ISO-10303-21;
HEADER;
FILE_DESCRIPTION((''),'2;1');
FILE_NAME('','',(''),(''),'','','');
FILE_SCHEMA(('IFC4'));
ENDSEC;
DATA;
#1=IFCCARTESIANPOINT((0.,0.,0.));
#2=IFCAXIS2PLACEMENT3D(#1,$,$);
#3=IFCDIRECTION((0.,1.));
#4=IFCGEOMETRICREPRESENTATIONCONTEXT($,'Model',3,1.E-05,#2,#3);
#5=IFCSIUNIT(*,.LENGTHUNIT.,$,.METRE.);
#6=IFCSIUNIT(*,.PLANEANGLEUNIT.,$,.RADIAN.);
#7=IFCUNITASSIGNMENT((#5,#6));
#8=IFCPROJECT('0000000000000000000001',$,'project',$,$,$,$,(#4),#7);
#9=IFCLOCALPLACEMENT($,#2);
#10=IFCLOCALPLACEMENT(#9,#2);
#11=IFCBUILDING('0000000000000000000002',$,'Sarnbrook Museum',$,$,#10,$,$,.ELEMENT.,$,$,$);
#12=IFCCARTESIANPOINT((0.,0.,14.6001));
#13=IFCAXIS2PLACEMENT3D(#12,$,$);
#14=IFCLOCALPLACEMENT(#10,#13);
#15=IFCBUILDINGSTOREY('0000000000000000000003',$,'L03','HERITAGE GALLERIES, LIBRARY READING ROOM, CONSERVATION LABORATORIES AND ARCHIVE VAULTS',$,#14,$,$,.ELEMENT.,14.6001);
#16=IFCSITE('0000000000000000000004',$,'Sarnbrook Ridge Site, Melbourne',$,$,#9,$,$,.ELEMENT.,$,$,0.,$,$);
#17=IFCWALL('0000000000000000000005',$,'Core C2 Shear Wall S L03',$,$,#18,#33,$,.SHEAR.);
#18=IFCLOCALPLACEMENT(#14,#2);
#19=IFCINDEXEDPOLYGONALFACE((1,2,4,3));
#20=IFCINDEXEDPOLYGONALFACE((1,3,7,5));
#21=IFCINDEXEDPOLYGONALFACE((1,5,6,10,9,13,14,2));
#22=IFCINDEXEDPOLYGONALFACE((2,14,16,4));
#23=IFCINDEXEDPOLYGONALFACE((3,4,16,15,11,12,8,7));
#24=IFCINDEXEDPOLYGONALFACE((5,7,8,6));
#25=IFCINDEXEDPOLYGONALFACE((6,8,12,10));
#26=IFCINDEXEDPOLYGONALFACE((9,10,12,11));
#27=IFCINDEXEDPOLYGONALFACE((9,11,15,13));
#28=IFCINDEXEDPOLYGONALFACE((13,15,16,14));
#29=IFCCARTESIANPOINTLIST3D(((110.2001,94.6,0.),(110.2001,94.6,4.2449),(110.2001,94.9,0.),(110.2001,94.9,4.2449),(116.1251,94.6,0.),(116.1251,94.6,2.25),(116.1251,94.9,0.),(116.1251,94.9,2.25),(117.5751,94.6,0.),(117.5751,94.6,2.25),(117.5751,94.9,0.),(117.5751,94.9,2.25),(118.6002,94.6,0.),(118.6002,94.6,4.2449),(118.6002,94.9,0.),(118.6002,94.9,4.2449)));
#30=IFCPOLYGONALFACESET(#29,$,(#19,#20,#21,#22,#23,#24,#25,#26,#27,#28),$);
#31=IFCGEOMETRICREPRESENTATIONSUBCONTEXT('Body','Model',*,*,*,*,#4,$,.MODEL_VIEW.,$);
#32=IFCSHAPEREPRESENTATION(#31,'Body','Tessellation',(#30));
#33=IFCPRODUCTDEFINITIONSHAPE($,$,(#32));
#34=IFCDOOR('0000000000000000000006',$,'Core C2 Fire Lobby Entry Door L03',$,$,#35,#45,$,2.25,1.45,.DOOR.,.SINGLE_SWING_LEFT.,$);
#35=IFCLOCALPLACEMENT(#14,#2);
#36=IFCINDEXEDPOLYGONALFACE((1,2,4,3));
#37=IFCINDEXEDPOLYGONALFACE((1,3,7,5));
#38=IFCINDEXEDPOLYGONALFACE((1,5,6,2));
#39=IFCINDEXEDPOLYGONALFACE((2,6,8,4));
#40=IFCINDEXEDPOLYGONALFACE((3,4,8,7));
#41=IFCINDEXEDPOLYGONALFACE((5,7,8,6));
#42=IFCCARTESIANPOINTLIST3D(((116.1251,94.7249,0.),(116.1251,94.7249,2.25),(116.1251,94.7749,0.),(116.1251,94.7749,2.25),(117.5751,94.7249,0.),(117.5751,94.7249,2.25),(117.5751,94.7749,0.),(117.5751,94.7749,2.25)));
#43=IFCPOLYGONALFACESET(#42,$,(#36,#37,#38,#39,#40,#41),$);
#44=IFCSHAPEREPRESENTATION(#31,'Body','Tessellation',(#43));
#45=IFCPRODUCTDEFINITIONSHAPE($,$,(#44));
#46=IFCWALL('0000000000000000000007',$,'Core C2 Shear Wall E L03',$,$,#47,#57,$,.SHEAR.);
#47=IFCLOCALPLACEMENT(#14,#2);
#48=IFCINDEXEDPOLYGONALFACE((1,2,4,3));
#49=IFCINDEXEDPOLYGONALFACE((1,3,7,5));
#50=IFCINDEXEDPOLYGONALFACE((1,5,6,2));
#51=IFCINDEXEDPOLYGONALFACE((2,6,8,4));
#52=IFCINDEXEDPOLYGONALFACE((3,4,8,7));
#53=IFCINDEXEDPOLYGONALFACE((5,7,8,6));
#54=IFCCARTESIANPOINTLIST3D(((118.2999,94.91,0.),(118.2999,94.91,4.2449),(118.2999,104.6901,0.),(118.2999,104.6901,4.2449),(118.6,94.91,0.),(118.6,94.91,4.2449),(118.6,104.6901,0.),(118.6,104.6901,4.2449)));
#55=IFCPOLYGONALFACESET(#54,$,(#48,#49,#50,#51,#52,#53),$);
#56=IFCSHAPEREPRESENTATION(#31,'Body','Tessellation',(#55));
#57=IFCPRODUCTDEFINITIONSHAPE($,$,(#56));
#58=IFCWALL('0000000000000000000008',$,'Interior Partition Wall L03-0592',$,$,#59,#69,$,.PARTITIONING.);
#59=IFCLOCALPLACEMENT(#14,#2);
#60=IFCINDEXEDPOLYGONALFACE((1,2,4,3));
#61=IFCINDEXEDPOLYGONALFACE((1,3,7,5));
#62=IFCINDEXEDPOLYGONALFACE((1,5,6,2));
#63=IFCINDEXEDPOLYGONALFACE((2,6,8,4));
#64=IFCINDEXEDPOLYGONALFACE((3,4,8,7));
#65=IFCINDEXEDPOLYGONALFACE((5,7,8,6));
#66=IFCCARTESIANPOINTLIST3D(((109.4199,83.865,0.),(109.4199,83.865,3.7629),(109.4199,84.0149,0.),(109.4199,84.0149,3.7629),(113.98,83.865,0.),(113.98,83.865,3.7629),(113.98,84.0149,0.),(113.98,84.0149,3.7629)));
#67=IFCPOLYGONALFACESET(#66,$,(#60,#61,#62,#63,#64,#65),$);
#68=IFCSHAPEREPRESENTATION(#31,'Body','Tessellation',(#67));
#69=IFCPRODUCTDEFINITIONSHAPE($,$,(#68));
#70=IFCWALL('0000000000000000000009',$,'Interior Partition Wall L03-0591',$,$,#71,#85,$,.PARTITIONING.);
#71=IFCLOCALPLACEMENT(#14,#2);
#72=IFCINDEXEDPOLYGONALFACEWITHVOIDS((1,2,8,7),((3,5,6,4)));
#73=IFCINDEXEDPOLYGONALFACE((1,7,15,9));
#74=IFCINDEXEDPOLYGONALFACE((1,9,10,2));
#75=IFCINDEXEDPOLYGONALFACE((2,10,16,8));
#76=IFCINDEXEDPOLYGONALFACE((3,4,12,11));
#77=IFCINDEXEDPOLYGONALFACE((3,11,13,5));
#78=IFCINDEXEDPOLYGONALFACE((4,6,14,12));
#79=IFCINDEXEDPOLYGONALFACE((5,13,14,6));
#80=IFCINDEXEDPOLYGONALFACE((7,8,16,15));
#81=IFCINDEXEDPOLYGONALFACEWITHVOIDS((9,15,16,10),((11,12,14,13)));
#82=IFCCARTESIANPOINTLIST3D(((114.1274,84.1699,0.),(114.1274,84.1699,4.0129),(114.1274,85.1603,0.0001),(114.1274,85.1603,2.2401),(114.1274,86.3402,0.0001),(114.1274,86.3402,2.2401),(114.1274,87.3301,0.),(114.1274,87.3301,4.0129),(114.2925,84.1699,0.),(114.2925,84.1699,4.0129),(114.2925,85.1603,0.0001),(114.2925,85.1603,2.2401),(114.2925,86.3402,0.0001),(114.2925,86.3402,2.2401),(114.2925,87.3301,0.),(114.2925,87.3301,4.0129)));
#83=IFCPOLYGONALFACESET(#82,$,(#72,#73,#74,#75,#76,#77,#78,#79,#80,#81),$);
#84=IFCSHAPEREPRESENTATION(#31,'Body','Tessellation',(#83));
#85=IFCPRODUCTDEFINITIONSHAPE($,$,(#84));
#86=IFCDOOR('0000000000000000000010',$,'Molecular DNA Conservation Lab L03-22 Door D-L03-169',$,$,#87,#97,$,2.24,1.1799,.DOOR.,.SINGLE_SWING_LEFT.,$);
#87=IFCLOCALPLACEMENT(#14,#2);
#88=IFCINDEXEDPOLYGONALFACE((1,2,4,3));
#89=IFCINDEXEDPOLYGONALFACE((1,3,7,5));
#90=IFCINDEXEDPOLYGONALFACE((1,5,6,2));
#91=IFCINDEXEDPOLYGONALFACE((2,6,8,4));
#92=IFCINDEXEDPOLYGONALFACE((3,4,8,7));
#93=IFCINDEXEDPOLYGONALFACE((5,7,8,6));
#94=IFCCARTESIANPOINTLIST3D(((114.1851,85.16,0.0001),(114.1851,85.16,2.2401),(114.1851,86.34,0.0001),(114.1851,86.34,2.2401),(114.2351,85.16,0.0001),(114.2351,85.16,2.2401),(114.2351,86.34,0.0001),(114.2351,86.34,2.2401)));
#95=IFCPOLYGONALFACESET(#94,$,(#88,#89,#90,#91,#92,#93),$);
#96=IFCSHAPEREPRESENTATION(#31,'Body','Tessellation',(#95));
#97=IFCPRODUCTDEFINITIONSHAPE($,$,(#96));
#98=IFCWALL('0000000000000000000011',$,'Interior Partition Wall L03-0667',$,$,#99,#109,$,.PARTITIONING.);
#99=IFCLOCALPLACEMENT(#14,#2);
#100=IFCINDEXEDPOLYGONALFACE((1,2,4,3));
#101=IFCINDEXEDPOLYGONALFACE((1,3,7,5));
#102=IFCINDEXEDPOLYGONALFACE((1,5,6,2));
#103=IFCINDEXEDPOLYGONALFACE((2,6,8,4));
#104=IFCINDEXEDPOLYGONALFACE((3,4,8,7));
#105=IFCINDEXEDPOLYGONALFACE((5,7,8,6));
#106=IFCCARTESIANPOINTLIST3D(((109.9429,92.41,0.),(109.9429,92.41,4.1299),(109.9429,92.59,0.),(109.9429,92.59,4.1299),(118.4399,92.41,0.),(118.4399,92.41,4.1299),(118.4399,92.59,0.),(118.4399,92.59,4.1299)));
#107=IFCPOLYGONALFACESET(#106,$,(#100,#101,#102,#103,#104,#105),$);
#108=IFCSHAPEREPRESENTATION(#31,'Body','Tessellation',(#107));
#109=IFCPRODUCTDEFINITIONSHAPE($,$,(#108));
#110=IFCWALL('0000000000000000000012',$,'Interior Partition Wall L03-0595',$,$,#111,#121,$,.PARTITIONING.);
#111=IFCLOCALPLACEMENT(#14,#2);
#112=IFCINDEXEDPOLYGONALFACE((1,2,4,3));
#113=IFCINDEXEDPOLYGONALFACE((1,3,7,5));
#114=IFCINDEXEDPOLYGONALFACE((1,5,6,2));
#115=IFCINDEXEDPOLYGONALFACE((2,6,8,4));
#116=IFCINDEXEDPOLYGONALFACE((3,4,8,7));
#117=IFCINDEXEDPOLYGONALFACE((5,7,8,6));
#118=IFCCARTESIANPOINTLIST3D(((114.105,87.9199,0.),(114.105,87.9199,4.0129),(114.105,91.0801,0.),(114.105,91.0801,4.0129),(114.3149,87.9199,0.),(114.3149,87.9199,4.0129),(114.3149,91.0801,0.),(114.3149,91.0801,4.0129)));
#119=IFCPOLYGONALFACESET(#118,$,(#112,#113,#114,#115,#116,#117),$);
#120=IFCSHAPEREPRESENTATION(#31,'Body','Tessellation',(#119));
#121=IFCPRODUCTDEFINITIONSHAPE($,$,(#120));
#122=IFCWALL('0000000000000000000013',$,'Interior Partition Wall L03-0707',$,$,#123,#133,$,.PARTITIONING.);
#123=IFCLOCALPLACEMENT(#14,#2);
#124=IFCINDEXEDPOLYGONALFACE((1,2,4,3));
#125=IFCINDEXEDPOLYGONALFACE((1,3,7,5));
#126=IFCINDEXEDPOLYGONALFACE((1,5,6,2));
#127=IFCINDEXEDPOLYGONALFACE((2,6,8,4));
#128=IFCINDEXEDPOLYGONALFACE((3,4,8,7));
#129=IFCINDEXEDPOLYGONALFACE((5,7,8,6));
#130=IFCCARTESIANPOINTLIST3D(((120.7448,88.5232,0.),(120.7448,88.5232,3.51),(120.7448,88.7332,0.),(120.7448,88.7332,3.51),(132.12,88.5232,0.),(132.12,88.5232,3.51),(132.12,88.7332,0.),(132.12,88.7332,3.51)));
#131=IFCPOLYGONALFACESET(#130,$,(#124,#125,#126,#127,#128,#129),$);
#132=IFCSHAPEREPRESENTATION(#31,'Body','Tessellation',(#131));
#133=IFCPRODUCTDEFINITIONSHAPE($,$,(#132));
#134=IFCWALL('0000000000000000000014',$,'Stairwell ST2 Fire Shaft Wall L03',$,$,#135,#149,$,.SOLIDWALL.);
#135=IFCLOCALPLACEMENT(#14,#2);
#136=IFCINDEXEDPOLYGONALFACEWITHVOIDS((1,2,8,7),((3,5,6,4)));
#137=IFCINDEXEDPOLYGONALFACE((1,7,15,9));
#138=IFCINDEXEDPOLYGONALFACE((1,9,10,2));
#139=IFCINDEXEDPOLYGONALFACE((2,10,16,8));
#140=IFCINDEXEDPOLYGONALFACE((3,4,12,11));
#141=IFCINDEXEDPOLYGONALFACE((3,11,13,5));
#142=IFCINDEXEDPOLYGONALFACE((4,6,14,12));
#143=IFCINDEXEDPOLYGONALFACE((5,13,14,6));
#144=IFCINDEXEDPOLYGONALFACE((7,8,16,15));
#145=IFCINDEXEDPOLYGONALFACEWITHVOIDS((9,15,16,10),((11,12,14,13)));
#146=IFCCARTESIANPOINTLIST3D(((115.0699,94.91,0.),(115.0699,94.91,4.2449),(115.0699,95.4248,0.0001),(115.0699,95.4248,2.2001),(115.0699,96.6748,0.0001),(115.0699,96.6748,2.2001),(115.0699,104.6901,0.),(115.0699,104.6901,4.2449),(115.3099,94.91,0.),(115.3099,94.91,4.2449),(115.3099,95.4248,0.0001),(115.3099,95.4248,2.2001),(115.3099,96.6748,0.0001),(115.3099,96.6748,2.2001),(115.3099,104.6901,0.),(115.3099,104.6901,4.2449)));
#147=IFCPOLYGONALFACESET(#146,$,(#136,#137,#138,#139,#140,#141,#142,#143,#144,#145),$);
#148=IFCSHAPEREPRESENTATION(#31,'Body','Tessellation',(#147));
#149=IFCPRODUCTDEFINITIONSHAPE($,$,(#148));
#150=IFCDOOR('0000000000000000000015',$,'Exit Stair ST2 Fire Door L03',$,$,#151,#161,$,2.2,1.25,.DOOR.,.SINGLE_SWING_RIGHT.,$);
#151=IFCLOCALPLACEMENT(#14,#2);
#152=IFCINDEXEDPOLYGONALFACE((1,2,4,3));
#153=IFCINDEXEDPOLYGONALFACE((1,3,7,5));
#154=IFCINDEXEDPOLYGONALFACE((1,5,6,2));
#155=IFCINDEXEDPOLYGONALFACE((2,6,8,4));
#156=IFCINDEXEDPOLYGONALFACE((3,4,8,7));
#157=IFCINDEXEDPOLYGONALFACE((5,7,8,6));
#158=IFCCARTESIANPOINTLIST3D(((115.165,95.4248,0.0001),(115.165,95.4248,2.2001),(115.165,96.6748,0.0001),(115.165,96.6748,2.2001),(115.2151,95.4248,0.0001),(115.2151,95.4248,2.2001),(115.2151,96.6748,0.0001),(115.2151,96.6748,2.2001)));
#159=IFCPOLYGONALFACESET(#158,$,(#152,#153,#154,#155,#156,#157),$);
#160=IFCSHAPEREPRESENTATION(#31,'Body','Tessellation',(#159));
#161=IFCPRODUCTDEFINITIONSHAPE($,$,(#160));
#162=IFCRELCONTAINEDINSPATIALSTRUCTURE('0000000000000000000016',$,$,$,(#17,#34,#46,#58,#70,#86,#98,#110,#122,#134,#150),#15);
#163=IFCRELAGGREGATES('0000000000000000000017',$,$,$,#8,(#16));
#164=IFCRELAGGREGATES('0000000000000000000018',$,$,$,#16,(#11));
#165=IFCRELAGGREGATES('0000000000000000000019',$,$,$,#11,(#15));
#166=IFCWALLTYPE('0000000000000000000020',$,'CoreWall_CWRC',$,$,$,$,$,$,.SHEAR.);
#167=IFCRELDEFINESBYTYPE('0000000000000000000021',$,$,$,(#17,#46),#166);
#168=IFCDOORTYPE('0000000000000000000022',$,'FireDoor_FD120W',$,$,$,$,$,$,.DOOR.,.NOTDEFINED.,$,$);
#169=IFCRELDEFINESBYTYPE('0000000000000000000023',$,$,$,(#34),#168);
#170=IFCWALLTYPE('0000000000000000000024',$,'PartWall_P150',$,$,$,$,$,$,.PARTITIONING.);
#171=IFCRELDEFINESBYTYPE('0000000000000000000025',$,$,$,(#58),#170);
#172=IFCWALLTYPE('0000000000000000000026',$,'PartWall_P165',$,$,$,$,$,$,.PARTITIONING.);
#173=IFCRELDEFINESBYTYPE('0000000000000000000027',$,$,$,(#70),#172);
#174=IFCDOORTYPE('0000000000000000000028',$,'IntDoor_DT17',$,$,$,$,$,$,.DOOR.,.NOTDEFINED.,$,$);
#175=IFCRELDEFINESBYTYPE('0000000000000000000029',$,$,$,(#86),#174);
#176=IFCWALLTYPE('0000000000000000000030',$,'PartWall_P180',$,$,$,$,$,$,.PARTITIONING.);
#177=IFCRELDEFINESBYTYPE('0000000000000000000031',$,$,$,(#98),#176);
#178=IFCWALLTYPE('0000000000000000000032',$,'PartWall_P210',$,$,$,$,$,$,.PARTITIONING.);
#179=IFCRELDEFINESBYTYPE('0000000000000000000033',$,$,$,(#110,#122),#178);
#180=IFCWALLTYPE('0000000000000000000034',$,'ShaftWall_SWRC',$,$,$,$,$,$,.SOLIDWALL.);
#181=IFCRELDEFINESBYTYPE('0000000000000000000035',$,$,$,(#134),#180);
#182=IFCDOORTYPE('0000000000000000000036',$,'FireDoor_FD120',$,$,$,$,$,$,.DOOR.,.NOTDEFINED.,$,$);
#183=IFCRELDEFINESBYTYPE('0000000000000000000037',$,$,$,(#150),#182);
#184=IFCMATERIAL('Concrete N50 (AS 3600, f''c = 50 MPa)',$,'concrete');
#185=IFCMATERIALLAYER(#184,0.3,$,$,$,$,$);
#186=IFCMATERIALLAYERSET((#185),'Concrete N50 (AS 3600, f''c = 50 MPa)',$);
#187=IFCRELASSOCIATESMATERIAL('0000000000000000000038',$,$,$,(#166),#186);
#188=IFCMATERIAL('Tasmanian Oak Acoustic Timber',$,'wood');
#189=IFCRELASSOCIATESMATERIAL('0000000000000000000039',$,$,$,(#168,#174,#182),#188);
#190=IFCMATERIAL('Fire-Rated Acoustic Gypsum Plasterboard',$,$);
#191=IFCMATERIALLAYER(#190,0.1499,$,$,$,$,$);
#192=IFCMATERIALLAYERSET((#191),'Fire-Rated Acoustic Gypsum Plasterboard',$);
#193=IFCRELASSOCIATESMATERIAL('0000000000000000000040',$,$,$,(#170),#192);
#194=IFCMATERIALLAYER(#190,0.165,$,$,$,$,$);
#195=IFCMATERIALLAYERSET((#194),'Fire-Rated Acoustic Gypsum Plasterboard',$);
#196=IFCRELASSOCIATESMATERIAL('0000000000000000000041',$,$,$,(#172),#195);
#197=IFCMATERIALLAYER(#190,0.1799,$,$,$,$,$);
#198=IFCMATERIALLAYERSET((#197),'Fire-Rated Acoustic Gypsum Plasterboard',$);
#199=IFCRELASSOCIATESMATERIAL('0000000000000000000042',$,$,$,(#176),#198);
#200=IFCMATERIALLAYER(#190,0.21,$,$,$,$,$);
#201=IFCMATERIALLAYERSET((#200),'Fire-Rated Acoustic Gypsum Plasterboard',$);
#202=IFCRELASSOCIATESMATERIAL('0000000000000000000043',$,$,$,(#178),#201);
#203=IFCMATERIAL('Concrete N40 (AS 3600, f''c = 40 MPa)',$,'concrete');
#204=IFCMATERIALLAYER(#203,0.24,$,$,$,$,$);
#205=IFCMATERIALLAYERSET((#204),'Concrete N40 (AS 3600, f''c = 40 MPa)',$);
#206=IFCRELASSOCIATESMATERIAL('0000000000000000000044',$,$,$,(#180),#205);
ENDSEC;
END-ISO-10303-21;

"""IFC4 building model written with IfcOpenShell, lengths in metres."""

from ifc_helpers import new_model, si_unit, direction, frame, frame_2d, origin, place, context, subcontext, project, spatial, rectangle, extrude, material, layer, layer_set, type_object, element, fill, save


model = new_model("IFC4")

# Units and contexts
model_context = context("Model", 3, precision=1e-05, world=origin(), true_north=direction((0.0, 1.0)))
body_context = subcontext(model_context, "Body", "Model", "MODEL_VIEW")
ifc_project = project(units=[si_unit("LENGTHUNIT", "METRE"), si_unit("PLANEANGLEUNIT", "RADIAN")], contexts=[model_context])

# Site, building, storey
site_placement = place(None, origin())
site = spatial("IfcSite", under=ifc_project, at=site_placement, Name="Sarnbrook Ridge Site, Melbourne", CompositionType="ELEMENT", RefElevation=0.0)
building_placement = place(site_placement, origin())
building = spatial("IfcBuilding", under=site, at=building_placement, Name="Sarnbrook Museum", CompositionType="ELEMENT")
storey_placement = place(building_placement, frame((0.0, 0.0, 14.6001)))
storey = spatial("IfcBuildingStorey", under=building, at=storey_placement, Name="L03", Description="HERITAGE GALLERIES, LIBRARY READING ROOM, CONSERVATION LABORATORIES AND ARCHIVE VAULTS", CompositionType="ELEMENT", Elevation=14.6001)

# Wall, opening, door
ifc_material_1 = material(Name="Concrete N50 (AS 3600, f'c = 50 MPa)", Category="concrete")
ifc_layer_1 = layer(ifc_material_1, 0.3)
ifc_layer_set_1 = layer_set([ifc_layer_1], Name="Concrete N50 (AS 3600, f'c = 50 MPa)")
wall_type_1 = type_object("IfcWallType", Name="CoreWall_CWRC", PredefinedType="SHEAR", material=ifc_layer_set_1)
wall_1_placement = place(storey_placement, frame((110.2, 94.75, 0.0), z_axis=(0.0, 0.0, 1.0), x_axis=(1.0, 0.0, 0.0)))
wall_1 = element("IfcWall", 1, at=wall_1_placement, inside=storey, type_object=wall_type_1, Name="Core C2 Shear Wall S L03", PredefinedType="SHEAR", context=body_context, shape_type="SweptSolid", body=[
    extrude(rectangle(XDim=8.4001, YDim=0.3, at=frame_2d((4.2002, 0.0))), origin(), (0.0, 0.0, 1.0), 4.2449),
])
opening_1_placement = place(wall_1_placement, frame((5.925, 0.0, 0.0)))
opening_1 = element("IfcOpeningElement", 2, at=opening_1_placement, cuts=wall_1, PredefinedType="OPENING", context=body_context, shape_type="SweptSolid", body=[
    extrude(rectangle(XDim=1.45, YDim=2.25, at=frame_2d((0.7251, 1.125))), frame((0.0, 0.1602, 0.0), z_axis=(0.0, -1.0, 0.0), x_axis=(1.0, 0.0, 0.0)), (0.0, 0.0, 1.0), 0.3201),
])
ifc_material_2 = material(Name="Tasmanian Oak Acoustic Timber", Category="wood")
door_type_1 = type_object("IfcDoorType", Name="FireDoor_FD120W", OperationType="NOTDEFINED", PredefinedType="DOOR", material=ifc_material_2)
door_1_placement = place(opening_1_placement, origin())
door_1 = element("IfcDoor", 3, at=door_1_placement, inside=storey, type_object=door_type_1, Name="Core C2 Fire Lobby Entry Door L03", OperationType="SINGLE_SWING_LEFT", OverallHeight=2.25, OverallWidth=1.45, PredefinedType="DOOR", context=body_context, shape_type="SweptSolid", body=[
    extrude(rectangle(XDim=1.45, YDim=2.25, at=frame_2d((0.7251, 1.125))), frame((0.0, 0.0249, 0.0), z_axis=(0.0, -1.0, 0.0), x_axis=(1.0, 0.0, 0.0)), (0.0, 0.0, 1.0), 0.05),
])
fill(opening_1, door_1)

# Walls
wall_2_placement = place(storey_placement, frame((118.45, 94.9099, 0.0), z_axis=(0.0, 0.0, 1.0), x_axis=(0.0, 1.0, 0.0)))
element("IfcWall", 4, at=wall_2_placement, inside=storey, type_object=wall_type_1, Name="Core C2 Shear Wall E L03", PredefinedType="SHEAR", context=body_context, shape_type="SweptSolid", body=[
    extrude(rectangle(XDim=9.78, YDim=0.3, at=frame_2d((4.8901, 0.0))), origin(), (0.0, 0.0, 1.0), 4.2449),
])
ifc_material_3 = material(Name="Fire-Rated Acoustic Gypsum Plasterboard")
ifc_layer_2 = layer(ifc_material_3, 0.1499)
ifc_layer_set_2 = layer_set([ifc_layer_2], Name="Fire-Rated Acoustic Gypsum Plasterboard")
wall_type_2 = type_object("IfcWallType", Name="PartWall_P150", PredefinedType="PARTITIONING", material=ifc_layer_set_2)
wall_3_placement = place(storey_placement, frame((113.98, 83.9399, 0.0), z_axis=(0.0, 0.0, 1.0), x_axis=(-1.0, 0.0, 0.0)))
element("IfcWall", 5, at=wall_3_placement, inside=storey, type_object=wall_type_2, Name="Interior Partition Wall L03-0592", PredefinedType="PARTITIONING", context=body_context, shape_type="SweptSolid", body=[
    extrude(rectangle(XDim=4.5601, YDim=0.1499, at=frame_2d((2.28, 0.0))), origin(), (0.0, 0.0, 1.0), 3.7629),
])

# Wall, opening, door
ifc_layer_3 = layer(ifc_material_3, 0.165)
ifc_layer_set_3 = layer_set([ifc_layer_3], Name="Fire-Rated Acoustic Gypsum Plasterboard")
wall_type_3 = type_object("IfcWallType", Name="PartWall_P165", PredefinedType="PARTITIONING", material=ifc_layer_set_3)
wall_4_placement = place(storey_placement, frame((114.21, 87.3301, 0.0), z_axis=(0.0, 0.0, 1.0), x_axis=(0.0, -1.0, 0.0)))
wall_4 = element("IfcWall", 6, at=wall_4_placement, inside=storey, type_object=wall_type_3, Name="Interior Partition Wall L03-0591", PredefinedType="PARTITIONING", context=body_context, shape_type="SweptSolid", body=[
    extrude(rectangle(XDim=3.1602, YDim=0.165, at=frame_2d((1.5801, 0.0))), origin(), (0.0, 0.0, 1.0), 4.0129),
])
opening_2_placement = place(wall_4_placement, frame((0.99, 0.0, 0.0)))
opening_2 = element("IfcOpeningElement", 7, at=opening_2_placement, cuts=wall_4, PredefinedType="OPENING", context=body_context, shape_type="SweptSolid", body=[
    extrude(rectangle(XDim=1.1799, YDim=2.24, at=frame_2d((0.5898, 1.1201))), frame((0.0, 0.0925, 0.0), z_axis=(0.0, -1.0, 0.0), x_axis=(1.0, 0.0, 0.0)), (0.0, 0.0, 1.0), 0.1851),
])
door_type_2 = type_object("IfcDoorType", Name="IntDoor_DT17", OperationType="NOTDEFINED", PredefinedType="DOOR", material=ifc_material_2)
door_2_placement = place(opening_2_placement, frame((1.1799, 0.0, 0.0), z_axis=(0.0, 0.0, 1.0), x_axis=(-1.0, 0.0, 0.0)))
door_2 = element("IfcDoor", 8, at=door_2_placement, inside=storey, type_object=door_type_2, Name="Molecular DNA Conservation Lab L03-22 Door D-L03-169", OperationType="SINGLE_SWING_LEFT", OverallHeight=2.24, OverallWidth=1.1799, PredefinedType="DOOR", context=body_context, shape_type="SweptSolid", body=[
    extrude(rectangle(XDim=1.1799, YDim=2.24, at=frame_2d((0.5898, 1.1201))), frame((0.0, 0.0249, 0.0), z_axis=(0.0, -1.0, 0.0), x_axis=(1.0, 0.0, 0.0)), (0.0, 0.0, 1.0), 0.05),
])
fill(opening_2, door_2)

# Walls
ifc_layer_4 = layer(ifc_material_3, 0.1799)
ifc_layer_set_4 = layer_set([ifc_layer_4], Name="Fire-Rated Acoustic Gypsum Plasterboard")
wall_type_4 = type_object("IfcWallType", Name="PartWall_P180", PredefinedType="PARTITIONING", material=ifc_layer_set_4)
wall_5_placement = place(storey_placement, frame((109.9429, 92.5, 0.0), z_axis=(0.0, 0.0, 1.0), x_axis=(1.0, 0.0, 0.0)))
element("IfcWall", 9, at=wall_5_placement, inside=storey, type_object=wall_type_4, Name="Interior Partition Wall L03-0667", PredefinedType="PARTITIONING", context=body_context, shape_type="SweptSolid", body=[
    extrude(rectangle(XDim=8.4971, YDim=0.1799, at=frame_2d((4.2485, 0.0))), origin(), (0.0, 0.0, 1.0), 4.1299),
])
ifc_layer_5 = layer(ifc_material_3, 0.21)
ifc_layer_set_5 = layer_set([ifc_layer_5], Name="Fire-Rated Acoustic Gypsum Plasterboard")
wall_type_5 = type_object("IfcWallType", Name="PartWall_P210", PredefinedType="PARTITIONING", material=ifc_layer_set_5)
wall_6_placement = place(storey_placement, frame((114.21, 91.0801, 0.0), z_axis=(0.0, 0.0, 1.0), x_axis=(0.0, -1.0, 0.0)))
element("IfcWall", 10, at=wall_6_placement, inside=storey, type_object=wall_type_5, Name="Interior Partition Wall L03-0595", PredefinedType="PARTITIONING", context=body_context, shape_type="SweptSolid", body=[
    extrude(rectangle(XDim=3.1602, YDim=0.21, at=frame_2d((1.5801, 0.0))), origin(), (0.0, 0.0, 1.0), 4.0129),
])
wall_7_placement = place(storey_placement, frame((120.7449, 88.6282, 0.0), z_axis=(0.0, 0.0, 1.0), x_axis=(1.0, 0.0, 0.0)))
element("IfcWall", 11, at=wall_7_placement, inside=storey, type_object=wall_type_5, Name="Interior Partition Wall L03-0707", PredefinedType="PARTITIONING", context=body_context, shape_type="SweptSolid", body=[
    extrude(rectangle(XDim=11.3752, YDim=0.21, at=frame_2d((5.6875, 0.0))), origin(), (0.0, 0.0, 1.0), 3.51),
])

# Wall, opening, door
ifc_material_4 = material(Name="Concrete N40 (AS 3600, f'c = 40 MPa)", Category="concrete")
ifc_layer_6 = layer(ifc_material_4, 0.24)
ifc_layer_set_6 = layer_set([ifc_layer_6], Name="Concrete N40 (AS 3600, f'c = 40 MPa)")
wall_type_6 = type_object("IfcWallType", Name="ShaftWall_SWRC", PredefinedType="SOLIDWALL", material=ifc_layer_set_6)
wall_8_placement = place(storey_placement, frame((115.1899, 94.9099, 0.0), z_axis=(0.0, 0.0, 1.0), x_axis=(0.0, 1.0, 0.0)))
wall_8 = element("IfcWall", 12, at=wall_8_placement, inside=storey, type_object=wall_type_6, Name="Stairwell ST2 Fire Shaft Wall L03", PredefinedType="SOLIDWALL", context=body_context, shape_type="SweptSolid", body=[
    extrude(rectangle(XDim=9.78, YDim=0.24, at=frame_2d((4.8901, 0.0))), origin(), (0.0, 0.0, 1.0), 4.2449),
])
opening_3_placement = place(wall_8_placement, frame((0.5149, 0.0, 0.0)))
opening_3 = element("IfcOpeningElement", 13, at=opening_3_placement, cuts=wall_8, PredefinedType="OPENING", context=body_context, shape_type="SweptSolid", body=[
    extrude(rectangle(XDim=1.25, YDim=2.2, at=frame_2d((0.625, 1.1001))), frame((0.0, 0.1299, 0.0), z_axis=(0.0, -1.0, 0.0), x_axis=(1.0, 0.0, 0.0)), (0.0, 0.0, 1.0), 0.26),
])
door_type_3 = type_object("IfcDoorType", Name="FireDoor_FD120", OperationType="NOTDEFINED", PredefinedType="DOOR", material=ifc_material_2)
door_3_placement = place(opening_3_placement, origin())
door_3 = element("IfcDoor", 14, at=door_3_placement, inside=storey, type_object=door_type_3, Name="Exit Stair ST2 Fire Door L03", OperationType="SINGLE_SWING_RIGHT", OverallHeight=2.2, OverallWidth=1.25, PredefinedType="DOOR", context=body_context, shape_type="SweptSolid", body=[
    extrude(rectangle(XDim=1.25, YDim=2.2, at=frame_2d((0.625, 1.1001))), frame((0.0, 0.0249, 0.0), z_axis=(0.0, -1.0, 0.0), x_axis=(1.0, 0.0, 0.0)), (0.0, 0.0, 1.0), 0.05),
])
fill(opening_3, door_3)

save(model, "model.ifc")
